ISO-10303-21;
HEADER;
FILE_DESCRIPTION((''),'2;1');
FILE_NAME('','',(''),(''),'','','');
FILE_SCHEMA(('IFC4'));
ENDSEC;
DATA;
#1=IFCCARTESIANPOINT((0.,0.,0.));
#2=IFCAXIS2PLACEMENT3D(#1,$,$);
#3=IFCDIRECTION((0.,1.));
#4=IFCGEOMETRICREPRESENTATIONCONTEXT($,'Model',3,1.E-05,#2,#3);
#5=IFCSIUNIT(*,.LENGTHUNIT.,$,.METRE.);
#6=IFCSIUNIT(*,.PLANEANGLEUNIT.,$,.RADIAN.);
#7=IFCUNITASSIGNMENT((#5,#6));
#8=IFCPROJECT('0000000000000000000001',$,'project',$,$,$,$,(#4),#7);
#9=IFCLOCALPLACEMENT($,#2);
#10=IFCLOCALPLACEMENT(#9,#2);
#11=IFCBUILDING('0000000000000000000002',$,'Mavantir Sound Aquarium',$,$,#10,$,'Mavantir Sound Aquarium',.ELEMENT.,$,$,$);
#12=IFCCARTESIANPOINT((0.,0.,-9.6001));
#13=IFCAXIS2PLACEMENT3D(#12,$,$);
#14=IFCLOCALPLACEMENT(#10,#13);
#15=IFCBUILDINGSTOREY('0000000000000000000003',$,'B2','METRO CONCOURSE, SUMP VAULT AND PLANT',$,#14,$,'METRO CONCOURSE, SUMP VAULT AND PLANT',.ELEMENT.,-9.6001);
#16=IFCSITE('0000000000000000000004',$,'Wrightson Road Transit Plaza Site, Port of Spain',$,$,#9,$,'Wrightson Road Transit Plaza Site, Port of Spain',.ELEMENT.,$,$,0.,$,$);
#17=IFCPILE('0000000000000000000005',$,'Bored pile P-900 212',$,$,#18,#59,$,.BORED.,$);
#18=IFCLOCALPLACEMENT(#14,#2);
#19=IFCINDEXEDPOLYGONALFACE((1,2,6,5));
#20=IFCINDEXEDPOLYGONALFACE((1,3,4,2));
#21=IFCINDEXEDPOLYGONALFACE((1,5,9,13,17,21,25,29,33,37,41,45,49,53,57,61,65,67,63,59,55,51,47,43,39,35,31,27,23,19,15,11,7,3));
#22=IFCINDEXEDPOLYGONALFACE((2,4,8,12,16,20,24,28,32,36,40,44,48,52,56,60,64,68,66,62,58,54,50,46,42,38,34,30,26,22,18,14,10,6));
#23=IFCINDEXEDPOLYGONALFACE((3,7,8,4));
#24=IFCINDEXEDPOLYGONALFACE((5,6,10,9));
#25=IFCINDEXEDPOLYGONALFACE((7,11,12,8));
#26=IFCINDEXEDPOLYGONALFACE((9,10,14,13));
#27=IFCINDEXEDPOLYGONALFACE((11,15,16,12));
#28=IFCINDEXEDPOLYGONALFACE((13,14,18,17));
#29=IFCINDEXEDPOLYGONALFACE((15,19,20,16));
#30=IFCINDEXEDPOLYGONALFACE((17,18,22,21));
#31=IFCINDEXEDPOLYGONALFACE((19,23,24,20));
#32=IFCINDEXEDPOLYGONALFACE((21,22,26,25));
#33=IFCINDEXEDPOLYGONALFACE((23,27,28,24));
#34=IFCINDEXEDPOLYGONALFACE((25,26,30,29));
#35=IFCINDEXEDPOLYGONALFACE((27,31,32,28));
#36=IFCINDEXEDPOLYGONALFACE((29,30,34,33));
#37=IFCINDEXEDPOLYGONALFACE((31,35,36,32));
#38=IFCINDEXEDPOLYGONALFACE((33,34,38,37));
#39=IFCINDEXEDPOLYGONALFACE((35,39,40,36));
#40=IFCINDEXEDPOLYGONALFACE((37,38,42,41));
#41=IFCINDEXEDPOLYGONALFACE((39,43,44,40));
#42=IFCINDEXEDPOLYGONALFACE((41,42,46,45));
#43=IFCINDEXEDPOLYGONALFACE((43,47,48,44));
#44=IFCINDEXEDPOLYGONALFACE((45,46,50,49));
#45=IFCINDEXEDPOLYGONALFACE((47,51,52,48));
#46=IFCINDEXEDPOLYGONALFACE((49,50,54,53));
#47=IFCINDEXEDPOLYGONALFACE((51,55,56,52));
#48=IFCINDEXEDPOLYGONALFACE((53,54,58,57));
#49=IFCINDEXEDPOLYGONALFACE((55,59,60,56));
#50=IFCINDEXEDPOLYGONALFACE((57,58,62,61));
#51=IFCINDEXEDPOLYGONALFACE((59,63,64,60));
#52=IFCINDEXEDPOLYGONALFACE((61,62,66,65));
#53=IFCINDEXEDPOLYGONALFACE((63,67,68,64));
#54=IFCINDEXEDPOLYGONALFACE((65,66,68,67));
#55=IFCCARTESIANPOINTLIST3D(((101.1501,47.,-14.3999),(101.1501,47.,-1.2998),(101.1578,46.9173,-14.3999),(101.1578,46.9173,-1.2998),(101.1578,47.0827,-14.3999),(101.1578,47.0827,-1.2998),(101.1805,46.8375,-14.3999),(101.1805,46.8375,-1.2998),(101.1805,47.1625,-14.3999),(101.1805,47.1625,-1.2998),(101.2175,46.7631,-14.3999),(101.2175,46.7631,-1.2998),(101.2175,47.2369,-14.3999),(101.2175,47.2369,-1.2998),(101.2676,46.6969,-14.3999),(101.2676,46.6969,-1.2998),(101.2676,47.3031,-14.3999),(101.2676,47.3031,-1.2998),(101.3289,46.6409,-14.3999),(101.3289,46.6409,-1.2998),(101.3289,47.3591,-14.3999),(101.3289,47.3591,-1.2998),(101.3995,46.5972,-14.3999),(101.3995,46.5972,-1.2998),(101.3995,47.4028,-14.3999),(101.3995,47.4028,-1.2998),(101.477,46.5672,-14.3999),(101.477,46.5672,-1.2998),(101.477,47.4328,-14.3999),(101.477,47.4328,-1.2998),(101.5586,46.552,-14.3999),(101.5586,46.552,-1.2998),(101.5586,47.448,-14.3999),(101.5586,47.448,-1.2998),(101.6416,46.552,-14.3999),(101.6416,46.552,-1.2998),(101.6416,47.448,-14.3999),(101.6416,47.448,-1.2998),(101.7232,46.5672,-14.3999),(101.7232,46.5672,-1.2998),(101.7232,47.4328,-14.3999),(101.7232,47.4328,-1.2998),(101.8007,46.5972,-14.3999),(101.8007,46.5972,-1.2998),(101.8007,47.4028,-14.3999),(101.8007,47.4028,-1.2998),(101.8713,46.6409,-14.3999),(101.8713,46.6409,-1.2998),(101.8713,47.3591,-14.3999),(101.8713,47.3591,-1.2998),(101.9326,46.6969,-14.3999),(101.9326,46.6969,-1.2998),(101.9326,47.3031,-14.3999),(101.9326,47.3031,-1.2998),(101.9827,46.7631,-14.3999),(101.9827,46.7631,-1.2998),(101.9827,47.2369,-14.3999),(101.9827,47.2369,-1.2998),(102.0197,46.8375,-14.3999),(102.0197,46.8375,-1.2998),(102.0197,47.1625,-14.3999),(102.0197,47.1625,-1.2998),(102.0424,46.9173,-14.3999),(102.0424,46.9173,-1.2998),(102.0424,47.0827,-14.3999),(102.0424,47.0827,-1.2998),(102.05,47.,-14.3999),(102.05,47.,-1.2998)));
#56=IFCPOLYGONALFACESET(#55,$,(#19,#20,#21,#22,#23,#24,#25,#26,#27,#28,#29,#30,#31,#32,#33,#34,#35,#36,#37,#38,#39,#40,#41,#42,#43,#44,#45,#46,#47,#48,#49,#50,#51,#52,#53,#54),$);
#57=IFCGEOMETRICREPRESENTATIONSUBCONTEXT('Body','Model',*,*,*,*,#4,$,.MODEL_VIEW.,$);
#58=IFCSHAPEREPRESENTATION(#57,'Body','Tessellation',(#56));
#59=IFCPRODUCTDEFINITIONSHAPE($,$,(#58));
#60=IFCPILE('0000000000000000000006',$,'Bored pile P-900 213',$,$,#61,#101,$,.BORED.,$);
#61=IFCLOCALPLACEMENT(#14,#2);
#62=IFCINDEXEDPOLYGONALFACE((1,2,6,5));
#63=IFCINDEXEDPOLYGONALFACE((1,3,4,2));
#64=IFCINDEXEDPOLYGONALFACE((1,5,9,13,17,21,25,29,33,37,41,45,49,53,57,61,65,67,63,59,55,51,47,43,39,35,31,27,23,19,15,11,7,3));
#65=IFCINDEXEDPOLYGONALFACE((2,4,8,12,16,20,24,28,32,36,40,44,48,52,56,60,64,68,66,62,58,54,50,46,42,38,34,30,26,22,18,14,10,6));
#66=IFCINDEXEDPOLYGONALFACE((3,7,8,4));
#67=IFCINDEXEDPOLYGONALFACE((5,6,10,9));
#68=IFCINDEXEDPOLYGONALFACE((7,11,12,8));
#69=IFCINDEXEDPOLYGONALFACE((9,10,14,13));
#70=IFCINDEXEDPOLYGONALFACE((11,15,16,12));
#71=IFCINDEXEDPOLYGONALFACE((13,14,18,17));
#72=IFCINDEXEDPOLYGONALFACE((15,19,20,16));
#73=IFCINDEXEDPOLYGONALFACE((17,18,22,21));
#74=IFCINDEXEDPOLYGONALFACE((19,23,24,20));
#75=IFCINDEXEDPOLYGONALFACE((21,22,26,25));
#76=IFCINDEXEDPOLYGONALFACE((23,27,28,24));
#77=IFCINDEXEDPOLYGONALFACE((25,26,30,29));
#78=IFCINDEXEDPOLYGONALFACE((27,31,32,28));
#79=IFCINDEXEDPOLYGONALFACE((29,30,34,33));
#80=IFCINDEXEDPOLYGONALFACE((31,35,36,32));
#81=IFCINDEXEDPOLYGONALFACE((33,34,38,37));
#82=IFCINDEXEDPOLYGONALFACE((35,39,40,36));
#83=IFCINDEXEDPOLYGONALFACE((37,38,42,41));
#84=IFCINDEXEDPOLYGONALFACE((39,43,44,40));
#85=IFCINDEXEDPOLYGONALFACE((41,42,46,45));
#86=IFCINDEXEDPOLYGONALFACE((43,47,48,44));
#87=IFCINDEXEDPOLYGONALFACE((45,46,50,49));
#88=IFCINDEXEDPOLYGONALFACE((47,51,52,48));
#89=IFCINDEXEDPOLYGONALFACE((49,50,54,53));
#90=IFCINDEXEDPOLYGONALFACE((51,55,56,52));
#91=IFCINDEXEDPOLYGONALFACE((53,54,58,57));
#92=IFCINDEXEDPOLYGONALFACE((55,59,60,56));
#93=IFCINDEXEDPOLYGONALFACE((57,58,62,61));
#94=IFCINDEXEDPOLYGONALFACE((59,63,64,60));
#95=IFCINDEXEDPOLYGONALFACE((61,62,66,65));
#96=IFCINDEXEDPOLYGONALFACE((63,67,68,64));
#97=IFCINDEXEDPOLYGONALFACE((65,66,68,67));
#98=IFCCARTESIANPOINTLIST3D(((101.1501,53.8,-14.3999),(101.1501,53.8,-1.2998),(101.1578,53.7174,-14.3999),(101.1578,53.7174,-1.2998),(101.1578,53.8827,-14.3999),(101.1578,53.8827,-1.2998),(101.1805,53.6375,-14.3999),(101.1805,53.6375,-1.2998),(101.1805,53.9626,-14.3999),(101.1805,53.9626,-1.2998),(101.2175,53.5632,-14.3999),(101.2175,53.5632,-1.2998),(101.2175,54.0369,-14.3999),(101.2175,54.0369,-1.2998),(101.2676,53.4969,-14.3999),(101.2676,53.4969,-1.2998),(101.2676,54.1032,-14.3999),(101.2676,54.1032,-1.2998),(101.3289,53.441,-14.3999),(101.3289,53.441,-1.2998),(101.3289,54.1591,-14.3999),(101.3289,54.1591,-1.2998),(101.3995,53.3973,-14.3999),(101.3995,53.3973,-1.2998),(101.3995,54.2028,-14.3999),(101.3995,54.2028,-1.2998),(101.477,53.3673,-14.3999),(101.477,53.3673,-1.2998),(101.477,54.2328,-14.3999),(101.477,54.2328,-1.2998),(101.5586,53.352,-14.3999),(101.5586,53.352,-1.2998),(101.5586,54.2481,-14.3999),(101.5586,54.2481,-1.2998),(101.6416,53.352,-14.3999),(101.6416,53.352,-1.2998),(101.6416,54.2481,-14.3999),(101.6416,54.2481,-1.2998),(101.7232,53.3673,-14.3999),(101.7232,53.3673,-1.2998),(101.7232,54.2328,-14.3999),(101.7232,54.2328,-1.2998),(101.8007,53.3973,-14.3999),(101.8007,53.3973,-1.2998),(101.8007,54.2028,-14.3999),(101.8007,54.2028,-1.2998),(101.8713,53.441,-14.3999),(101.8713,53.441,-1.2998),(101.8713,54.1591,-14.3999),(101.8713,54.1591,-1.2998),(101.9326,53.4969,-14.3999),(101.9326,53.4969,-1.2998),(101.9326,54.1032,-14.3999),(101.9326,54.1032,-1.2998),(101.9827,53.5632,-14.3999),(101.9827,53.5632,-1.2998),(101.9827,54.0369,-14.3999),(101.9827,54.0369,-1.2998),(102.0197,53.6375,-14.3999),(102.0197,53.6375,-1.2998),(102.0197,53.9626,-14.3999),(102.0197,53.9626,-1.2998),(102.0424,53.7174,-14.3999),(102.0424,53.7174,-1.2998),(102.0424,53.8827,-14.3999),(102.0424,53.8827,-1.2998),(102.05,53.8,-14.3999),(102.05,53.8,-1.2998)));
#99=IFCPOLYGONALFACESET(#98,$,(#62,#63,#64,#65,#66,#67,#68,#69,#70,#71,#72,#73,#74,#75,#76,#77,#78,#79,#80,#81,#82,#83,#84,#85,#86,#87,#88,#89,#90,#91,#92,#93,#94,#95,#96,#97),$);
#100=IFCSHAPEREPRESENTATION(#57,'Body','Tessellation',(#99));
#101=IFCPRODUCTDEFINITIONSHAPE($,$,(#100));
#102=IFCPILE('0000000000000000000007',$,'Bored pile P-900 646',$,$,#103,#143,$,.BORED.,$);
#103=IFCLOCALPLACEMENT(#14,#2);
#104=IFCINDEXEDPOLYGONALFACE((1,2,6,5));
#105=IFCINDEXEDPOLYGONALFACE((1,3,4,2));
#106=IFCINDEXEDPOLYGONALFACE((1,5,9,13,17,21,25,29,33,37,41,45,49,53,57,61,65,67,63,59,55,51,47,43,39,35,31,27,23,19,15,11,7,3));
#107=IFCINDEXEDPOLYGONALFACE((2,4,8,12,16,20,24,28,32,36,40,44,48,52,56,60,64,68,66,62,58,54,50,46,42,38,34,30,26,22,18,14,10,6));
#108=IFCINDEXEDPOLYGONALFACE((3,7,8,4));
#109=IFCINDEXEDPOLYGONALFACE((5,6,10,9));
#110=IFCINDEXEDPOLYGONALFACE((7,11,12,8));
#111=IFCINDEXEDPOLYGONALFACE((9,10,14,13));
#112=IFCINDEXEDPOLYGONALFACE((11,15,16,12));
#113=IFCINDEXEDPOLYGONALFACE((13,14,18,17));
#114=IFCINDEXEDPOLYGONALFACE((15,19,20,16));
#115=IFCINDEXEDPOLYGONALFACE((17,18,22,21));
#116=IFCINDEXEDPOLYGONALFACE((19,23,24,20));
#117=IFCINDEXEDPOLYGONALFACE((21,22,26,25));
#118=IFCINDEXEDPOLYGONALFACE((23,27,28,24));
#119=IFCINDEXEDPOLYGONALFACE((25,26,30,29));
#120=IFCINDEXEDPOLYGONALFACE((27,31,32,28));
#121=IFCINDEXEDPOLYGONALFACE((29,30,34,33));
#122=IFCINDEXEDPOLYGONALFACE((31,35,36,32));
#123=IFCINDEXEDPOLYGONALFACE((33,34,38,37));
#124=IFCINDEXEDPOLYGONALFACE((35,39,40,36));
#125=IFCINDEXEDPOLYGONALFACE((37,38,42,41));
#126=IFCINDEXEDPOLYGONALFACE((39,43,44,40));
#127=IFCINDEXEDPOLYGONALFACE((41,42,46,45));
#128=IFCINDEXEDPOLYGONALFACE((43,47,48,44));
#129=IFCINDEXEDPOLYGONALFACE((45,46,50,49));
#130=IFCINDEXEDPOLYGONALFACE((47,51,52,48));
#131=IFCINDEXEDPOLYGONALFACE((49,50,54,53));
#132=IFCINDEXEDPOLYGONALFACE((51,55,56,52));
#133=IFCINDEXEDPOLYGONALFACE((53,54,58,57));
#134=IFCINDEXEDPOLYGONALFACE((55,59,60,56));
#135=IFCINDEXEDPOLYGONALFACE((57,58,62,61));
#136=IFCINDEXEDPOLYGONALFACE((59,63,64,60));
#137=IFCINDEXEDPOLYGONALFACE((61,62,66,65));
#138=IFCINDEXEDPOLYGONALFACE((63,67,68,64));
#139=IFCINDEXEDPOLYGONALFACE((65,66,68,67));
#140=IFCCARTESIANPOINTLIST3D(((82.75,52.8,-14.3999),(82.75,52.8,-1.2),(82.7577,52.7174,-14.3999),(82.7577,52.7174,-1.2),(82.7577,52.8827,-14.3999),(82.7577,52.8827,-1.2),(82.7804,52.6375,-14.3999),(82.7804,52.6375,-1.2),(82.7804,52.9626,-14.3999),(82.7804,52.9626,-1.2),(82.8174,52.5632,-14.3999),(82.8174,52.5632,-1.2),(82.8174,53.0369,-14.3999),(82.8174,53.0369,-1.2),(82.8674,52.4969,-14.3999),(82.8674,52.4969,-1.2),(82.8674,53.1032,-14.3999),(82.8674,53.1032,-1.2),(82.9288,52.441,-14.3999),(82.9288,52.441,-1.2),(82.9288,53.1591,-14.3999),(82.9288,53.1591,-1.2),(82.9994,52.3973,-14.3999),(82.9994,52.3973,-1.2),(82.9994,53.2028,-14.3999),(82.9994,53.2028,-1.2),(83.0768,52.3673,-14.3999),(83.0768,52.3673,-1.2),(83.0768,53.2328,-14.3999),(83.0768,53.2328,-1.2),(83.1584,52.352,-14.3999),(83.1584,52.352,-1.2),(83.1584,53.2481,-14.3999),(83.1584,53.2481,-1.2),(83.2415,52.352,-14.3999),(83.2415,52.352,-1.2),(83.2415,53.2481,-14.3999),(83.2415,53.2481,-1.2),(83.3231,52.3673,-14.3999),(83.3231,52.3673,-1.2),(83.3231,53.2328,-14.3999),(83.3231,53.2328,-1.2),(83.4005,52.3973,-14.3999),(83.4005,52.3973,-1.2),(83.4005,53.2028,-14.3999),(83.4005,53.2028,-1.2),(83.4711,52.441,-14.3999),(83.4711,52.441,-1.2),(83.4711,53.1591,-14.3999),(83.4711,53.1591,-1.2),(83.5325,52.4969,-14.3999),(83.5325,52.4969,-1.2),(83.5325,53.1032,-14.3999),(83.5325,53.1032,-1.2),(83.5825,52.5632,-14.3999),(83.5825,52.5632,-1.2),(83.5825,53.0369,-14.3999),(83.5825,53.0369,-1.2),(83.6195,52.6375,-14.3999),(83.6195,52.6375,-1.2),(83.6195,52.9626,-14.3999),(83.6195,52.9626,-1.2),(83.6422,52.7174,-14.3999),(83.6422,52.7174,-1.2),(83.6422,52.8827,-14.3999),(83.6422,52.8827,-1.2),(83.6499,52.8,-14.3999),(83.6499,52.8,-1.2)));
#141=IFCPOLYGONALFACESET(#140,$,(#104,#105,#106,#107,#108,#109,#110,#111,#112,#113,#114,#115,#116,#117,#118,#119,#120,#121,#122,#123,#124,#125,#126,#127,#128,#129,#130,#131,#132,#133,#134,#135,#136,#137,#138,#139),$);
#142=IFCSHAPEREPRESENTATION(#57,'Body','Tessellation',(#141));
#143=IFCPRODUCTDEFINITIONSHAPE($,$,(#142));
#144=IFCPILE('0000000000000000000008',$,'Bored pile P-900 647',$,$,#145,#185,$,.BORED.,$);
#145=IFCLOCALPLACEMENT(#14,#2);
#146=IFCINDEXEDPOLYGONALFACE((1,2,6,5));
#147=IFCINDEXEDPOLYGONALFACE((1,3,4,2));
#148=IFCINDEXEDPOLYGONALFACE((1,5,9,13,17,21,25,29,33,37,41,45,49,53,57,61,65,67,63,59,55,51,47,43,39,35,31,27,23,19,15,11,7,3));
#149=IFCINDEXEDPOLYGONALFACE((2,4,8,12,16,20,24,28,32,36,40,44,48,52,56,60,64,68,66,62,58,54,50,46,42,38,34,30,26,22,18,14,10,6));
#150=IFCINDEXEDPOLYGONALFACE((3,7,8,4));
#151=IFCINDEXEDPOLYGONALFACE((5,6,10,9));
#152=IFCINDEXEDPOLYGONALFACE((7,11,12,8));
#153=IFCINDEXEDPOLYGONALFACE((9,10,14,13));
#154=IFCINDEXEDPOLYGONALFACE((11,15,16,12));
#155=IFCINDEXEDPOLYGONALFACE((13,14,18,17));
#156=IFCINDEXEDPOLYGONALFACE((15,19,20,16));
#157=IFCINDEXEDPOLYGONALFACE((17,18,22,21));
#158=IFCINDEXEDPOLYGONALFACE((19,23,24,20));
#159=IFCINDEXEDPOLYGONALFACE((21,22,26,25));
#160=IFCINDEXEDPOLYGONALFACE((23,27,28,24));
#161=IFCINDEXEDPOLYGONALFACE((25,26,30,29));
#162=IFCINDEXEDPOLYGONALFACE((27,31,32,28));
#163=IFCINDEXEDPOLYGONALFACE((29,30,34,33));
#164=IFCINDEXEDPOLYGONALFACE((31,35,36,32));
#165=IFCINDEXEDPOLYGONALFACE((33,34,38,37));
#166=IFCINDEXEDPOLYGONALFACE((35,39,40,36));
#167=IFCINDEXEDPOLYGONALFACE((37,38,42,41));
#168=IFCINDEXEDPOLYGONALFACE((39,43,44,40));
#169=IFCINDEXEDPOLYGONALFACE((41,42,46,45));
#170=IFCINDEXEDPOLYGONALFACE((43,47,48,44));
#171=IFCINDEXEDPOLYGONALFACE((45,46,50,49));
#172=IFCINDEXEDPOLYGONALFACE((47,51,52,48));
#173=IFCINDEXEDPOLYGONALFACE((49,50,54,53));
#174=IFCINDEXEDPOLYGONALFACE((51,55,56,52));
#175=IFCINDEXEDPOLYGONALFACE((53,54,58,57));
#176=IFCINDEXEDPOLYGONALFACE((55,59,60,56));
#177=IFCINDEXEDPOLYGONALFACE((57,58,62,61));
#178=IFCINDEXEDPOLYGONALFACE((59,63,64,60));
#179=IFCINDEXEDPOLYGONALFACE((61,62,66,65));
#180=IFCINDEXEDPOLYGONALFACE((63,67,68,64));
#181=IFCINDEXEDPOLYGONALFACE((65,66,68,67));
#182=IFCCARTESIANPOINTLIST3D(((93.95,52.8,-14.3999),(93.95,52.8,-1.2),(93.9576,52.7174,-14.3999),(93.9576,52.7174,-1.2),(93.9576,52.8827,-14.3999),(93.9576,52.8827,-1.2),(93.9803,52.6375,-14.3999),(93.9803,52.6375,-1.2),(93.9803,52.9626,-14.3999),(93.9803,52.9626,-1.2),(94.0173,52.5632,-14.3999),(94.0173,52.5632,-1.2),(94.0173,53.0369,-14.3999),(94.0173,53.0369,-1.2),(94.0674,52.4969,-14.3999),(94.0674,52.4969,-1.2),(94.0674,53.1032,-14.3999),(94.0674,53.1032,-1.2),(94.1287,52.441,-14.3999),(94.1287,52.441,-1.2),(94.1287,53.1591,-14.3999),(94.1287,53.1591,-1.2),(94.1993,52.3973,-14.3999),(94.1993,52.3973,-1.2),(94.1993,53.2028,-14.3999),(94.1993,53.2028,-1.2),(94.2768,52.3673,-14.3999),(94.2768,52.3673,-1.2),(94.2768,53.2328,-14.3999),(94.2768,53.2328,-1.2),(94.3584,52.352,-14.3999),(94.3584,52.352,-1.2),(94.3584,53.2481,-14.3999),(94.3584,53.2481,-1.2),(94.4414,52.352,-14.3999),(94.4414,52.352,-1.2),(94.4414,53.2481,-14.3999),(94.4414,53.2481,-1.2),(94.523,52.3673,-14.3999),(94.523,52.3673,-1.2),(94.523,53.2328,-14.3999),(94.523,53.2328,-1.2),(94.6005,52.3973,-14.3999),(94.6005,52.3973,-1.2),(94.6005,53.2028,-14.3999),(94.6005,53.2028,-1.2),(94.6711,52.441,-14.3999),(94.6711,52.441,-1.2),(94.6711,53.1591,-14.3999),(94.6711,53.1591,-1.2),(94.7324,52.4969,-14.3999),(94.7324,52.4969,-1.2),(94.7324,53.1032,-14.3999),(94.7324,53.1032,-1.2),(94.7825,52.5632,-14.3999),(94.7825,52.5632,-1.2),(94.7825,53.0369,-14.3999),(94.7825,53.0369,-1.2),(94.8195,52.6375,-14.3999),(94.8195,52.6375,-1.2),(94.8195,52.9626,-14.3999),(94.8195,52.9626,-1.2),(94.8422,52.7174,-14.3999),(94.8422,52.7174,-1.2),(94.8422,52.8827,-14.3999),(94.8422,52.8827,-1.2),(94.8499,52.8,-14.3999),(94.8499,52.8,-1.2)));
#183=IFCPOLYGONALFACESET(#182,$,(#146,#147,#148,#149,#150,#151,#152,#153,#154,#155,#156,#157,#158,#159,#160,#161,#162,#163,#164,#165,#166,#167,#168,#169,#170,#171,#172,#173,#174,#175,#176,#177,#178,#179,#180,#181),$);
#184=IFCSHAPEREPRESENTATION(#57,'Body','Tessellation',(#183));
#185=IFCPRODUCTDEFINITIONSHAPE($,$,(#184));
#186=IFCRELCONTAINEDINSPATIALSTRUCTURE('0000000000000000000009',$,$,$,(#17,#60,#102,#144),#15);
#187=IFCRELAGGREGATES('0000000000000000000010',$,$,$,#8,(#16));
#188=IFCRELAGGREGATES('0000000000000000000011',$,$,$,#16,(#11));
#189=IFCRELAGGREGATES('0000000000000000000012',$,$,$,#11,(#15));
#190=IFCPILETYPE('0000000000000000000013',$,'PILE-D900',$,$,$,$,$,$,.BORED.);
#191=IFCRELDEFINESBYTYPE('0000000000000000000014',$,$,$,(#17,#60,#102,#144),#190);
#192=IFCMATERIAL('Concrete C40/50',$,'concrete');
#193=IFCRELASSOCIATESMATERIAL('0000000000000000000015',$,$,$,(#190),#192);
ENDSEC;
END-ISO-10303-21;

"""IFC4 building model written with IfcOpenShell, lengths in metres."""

from ifc_helpers import new_model, si_unit, direction, frame, origin, origin_2d, place, context, subcontext, project, spatial, circle, extrude, material, material_profile, profile_set, type_object, element, save


model = new_model("IFC4")

# Units and contexts
model_context = context("Model", 3, precision=1e-05, world=origin(), true_north=direction((0.0, 1.0)))
body_context = subcontext(model_context, "Body", "Model", "MODEL_VIEW")
ifc_project = project(units=[si_unit("LENGTHUNIT", "METRE"), si_unit("PLANEANGLEUNIT", "RADIAN")], contexts=[model_context])

# Site, building, storey
site_placement = place(None, origin())
site = spatial("IfcSite", under=ifc_project, at=site_placement, Name="Wrightson Road Transit Plaza Site, Port of Spain", LongName="Wrightson Road Transit Plaza Site, Port of Spain", CompositionType="ELEMENT", RefElevation=0.0)
building_placement = place(site_placement, origin())
building = spatial("IfcBuilding", under=site, at=building_placement, Name="Mavantir Sound Aquarium", LongName="Mavantir Sound Aquarium", CompositionType="ELEMENT")
storey_placement = place(building_placement, frame((0.0, 0.0, -9.6001)))
storey = spatial("IfcBuildingStorey", under=building, at=storey_placement, Name="B2", Description="METRO CONCOURSE, SUMP VAULT AND PLANT", LongName="METRO CONCOURSE, SUMP VAULT AND PLANT", CompositionType="ELEMENT", Elevation=-9.6001)

# Shared definitions
ifc_material = material(Name="Concrete C40/50", Category="concrete")

# Piles
ifc_material_profile_1 = material_profile(ifc_material, circle(Radius=0.45, at=origin_2d()), Name="PILE D900")
ifc_profile_set_1 = profile_set([ifc_material_profile_1], Name="Concrete C40/50")
pile_type = type_object("IfcPileType", Name="PILE-D900", PredefinedType="BORED", material=ifc_profile_set_1)
for number, where, z_axis, x_axis, name in (
    (1, (101.6001, 47.0, -1.2998), (0.0, 0.0, -1.0), (1.0, 0.0, 0.0), "Bored pile P-900 212"),
    (2, (101.6001, 53.8, -1.2998), (0.0, 0.0, -1.0), (1.0, 0.0, 0.0), "Bored pile P-900 213"),
):
    element("IfcPile", number, at=place(storey_placement, frame(where, z_axis=z_axis, x_axis=x_axis)), inside=storey, type_object=pile_type, Name=name, PredefinedType="BORED", context=body_context, shape_type="SweptSolid", body=[
        extrude(circle(Radius=0.45, at=origin_2d()), origin(), (0.0, 0.0, 1.0), 13.1001),
    ])
for number, where, z_axis, x_axis, name in (
    (3, (83.2, 52.8, -1.2), (0.0, 0.0, -1.0), (1.0, 0.0, 0.0), "Bored pile P-900 646"),
    (4, (94.3999, 52.8, -1.2), (0.0, 0.0, -1.0), (1.0, 0.0, 0.0), "Bored pile P-900 647"),
):
    element("IfcPile", number, at=place(storey_placement, frame(where, z_axis=z_axis, x_axis=x_axis)), inside=storey, type_object=pile_type, Name=name, PredefinedType="BORED", context=body_context, shape_type="SweptSolid", body=[
        extrude(circle(Radius=0.45, at=origin_2d()), origin(), (0.0, 0.0, 1.0), 13.2),
    ])

save(model, "model.ifc")
